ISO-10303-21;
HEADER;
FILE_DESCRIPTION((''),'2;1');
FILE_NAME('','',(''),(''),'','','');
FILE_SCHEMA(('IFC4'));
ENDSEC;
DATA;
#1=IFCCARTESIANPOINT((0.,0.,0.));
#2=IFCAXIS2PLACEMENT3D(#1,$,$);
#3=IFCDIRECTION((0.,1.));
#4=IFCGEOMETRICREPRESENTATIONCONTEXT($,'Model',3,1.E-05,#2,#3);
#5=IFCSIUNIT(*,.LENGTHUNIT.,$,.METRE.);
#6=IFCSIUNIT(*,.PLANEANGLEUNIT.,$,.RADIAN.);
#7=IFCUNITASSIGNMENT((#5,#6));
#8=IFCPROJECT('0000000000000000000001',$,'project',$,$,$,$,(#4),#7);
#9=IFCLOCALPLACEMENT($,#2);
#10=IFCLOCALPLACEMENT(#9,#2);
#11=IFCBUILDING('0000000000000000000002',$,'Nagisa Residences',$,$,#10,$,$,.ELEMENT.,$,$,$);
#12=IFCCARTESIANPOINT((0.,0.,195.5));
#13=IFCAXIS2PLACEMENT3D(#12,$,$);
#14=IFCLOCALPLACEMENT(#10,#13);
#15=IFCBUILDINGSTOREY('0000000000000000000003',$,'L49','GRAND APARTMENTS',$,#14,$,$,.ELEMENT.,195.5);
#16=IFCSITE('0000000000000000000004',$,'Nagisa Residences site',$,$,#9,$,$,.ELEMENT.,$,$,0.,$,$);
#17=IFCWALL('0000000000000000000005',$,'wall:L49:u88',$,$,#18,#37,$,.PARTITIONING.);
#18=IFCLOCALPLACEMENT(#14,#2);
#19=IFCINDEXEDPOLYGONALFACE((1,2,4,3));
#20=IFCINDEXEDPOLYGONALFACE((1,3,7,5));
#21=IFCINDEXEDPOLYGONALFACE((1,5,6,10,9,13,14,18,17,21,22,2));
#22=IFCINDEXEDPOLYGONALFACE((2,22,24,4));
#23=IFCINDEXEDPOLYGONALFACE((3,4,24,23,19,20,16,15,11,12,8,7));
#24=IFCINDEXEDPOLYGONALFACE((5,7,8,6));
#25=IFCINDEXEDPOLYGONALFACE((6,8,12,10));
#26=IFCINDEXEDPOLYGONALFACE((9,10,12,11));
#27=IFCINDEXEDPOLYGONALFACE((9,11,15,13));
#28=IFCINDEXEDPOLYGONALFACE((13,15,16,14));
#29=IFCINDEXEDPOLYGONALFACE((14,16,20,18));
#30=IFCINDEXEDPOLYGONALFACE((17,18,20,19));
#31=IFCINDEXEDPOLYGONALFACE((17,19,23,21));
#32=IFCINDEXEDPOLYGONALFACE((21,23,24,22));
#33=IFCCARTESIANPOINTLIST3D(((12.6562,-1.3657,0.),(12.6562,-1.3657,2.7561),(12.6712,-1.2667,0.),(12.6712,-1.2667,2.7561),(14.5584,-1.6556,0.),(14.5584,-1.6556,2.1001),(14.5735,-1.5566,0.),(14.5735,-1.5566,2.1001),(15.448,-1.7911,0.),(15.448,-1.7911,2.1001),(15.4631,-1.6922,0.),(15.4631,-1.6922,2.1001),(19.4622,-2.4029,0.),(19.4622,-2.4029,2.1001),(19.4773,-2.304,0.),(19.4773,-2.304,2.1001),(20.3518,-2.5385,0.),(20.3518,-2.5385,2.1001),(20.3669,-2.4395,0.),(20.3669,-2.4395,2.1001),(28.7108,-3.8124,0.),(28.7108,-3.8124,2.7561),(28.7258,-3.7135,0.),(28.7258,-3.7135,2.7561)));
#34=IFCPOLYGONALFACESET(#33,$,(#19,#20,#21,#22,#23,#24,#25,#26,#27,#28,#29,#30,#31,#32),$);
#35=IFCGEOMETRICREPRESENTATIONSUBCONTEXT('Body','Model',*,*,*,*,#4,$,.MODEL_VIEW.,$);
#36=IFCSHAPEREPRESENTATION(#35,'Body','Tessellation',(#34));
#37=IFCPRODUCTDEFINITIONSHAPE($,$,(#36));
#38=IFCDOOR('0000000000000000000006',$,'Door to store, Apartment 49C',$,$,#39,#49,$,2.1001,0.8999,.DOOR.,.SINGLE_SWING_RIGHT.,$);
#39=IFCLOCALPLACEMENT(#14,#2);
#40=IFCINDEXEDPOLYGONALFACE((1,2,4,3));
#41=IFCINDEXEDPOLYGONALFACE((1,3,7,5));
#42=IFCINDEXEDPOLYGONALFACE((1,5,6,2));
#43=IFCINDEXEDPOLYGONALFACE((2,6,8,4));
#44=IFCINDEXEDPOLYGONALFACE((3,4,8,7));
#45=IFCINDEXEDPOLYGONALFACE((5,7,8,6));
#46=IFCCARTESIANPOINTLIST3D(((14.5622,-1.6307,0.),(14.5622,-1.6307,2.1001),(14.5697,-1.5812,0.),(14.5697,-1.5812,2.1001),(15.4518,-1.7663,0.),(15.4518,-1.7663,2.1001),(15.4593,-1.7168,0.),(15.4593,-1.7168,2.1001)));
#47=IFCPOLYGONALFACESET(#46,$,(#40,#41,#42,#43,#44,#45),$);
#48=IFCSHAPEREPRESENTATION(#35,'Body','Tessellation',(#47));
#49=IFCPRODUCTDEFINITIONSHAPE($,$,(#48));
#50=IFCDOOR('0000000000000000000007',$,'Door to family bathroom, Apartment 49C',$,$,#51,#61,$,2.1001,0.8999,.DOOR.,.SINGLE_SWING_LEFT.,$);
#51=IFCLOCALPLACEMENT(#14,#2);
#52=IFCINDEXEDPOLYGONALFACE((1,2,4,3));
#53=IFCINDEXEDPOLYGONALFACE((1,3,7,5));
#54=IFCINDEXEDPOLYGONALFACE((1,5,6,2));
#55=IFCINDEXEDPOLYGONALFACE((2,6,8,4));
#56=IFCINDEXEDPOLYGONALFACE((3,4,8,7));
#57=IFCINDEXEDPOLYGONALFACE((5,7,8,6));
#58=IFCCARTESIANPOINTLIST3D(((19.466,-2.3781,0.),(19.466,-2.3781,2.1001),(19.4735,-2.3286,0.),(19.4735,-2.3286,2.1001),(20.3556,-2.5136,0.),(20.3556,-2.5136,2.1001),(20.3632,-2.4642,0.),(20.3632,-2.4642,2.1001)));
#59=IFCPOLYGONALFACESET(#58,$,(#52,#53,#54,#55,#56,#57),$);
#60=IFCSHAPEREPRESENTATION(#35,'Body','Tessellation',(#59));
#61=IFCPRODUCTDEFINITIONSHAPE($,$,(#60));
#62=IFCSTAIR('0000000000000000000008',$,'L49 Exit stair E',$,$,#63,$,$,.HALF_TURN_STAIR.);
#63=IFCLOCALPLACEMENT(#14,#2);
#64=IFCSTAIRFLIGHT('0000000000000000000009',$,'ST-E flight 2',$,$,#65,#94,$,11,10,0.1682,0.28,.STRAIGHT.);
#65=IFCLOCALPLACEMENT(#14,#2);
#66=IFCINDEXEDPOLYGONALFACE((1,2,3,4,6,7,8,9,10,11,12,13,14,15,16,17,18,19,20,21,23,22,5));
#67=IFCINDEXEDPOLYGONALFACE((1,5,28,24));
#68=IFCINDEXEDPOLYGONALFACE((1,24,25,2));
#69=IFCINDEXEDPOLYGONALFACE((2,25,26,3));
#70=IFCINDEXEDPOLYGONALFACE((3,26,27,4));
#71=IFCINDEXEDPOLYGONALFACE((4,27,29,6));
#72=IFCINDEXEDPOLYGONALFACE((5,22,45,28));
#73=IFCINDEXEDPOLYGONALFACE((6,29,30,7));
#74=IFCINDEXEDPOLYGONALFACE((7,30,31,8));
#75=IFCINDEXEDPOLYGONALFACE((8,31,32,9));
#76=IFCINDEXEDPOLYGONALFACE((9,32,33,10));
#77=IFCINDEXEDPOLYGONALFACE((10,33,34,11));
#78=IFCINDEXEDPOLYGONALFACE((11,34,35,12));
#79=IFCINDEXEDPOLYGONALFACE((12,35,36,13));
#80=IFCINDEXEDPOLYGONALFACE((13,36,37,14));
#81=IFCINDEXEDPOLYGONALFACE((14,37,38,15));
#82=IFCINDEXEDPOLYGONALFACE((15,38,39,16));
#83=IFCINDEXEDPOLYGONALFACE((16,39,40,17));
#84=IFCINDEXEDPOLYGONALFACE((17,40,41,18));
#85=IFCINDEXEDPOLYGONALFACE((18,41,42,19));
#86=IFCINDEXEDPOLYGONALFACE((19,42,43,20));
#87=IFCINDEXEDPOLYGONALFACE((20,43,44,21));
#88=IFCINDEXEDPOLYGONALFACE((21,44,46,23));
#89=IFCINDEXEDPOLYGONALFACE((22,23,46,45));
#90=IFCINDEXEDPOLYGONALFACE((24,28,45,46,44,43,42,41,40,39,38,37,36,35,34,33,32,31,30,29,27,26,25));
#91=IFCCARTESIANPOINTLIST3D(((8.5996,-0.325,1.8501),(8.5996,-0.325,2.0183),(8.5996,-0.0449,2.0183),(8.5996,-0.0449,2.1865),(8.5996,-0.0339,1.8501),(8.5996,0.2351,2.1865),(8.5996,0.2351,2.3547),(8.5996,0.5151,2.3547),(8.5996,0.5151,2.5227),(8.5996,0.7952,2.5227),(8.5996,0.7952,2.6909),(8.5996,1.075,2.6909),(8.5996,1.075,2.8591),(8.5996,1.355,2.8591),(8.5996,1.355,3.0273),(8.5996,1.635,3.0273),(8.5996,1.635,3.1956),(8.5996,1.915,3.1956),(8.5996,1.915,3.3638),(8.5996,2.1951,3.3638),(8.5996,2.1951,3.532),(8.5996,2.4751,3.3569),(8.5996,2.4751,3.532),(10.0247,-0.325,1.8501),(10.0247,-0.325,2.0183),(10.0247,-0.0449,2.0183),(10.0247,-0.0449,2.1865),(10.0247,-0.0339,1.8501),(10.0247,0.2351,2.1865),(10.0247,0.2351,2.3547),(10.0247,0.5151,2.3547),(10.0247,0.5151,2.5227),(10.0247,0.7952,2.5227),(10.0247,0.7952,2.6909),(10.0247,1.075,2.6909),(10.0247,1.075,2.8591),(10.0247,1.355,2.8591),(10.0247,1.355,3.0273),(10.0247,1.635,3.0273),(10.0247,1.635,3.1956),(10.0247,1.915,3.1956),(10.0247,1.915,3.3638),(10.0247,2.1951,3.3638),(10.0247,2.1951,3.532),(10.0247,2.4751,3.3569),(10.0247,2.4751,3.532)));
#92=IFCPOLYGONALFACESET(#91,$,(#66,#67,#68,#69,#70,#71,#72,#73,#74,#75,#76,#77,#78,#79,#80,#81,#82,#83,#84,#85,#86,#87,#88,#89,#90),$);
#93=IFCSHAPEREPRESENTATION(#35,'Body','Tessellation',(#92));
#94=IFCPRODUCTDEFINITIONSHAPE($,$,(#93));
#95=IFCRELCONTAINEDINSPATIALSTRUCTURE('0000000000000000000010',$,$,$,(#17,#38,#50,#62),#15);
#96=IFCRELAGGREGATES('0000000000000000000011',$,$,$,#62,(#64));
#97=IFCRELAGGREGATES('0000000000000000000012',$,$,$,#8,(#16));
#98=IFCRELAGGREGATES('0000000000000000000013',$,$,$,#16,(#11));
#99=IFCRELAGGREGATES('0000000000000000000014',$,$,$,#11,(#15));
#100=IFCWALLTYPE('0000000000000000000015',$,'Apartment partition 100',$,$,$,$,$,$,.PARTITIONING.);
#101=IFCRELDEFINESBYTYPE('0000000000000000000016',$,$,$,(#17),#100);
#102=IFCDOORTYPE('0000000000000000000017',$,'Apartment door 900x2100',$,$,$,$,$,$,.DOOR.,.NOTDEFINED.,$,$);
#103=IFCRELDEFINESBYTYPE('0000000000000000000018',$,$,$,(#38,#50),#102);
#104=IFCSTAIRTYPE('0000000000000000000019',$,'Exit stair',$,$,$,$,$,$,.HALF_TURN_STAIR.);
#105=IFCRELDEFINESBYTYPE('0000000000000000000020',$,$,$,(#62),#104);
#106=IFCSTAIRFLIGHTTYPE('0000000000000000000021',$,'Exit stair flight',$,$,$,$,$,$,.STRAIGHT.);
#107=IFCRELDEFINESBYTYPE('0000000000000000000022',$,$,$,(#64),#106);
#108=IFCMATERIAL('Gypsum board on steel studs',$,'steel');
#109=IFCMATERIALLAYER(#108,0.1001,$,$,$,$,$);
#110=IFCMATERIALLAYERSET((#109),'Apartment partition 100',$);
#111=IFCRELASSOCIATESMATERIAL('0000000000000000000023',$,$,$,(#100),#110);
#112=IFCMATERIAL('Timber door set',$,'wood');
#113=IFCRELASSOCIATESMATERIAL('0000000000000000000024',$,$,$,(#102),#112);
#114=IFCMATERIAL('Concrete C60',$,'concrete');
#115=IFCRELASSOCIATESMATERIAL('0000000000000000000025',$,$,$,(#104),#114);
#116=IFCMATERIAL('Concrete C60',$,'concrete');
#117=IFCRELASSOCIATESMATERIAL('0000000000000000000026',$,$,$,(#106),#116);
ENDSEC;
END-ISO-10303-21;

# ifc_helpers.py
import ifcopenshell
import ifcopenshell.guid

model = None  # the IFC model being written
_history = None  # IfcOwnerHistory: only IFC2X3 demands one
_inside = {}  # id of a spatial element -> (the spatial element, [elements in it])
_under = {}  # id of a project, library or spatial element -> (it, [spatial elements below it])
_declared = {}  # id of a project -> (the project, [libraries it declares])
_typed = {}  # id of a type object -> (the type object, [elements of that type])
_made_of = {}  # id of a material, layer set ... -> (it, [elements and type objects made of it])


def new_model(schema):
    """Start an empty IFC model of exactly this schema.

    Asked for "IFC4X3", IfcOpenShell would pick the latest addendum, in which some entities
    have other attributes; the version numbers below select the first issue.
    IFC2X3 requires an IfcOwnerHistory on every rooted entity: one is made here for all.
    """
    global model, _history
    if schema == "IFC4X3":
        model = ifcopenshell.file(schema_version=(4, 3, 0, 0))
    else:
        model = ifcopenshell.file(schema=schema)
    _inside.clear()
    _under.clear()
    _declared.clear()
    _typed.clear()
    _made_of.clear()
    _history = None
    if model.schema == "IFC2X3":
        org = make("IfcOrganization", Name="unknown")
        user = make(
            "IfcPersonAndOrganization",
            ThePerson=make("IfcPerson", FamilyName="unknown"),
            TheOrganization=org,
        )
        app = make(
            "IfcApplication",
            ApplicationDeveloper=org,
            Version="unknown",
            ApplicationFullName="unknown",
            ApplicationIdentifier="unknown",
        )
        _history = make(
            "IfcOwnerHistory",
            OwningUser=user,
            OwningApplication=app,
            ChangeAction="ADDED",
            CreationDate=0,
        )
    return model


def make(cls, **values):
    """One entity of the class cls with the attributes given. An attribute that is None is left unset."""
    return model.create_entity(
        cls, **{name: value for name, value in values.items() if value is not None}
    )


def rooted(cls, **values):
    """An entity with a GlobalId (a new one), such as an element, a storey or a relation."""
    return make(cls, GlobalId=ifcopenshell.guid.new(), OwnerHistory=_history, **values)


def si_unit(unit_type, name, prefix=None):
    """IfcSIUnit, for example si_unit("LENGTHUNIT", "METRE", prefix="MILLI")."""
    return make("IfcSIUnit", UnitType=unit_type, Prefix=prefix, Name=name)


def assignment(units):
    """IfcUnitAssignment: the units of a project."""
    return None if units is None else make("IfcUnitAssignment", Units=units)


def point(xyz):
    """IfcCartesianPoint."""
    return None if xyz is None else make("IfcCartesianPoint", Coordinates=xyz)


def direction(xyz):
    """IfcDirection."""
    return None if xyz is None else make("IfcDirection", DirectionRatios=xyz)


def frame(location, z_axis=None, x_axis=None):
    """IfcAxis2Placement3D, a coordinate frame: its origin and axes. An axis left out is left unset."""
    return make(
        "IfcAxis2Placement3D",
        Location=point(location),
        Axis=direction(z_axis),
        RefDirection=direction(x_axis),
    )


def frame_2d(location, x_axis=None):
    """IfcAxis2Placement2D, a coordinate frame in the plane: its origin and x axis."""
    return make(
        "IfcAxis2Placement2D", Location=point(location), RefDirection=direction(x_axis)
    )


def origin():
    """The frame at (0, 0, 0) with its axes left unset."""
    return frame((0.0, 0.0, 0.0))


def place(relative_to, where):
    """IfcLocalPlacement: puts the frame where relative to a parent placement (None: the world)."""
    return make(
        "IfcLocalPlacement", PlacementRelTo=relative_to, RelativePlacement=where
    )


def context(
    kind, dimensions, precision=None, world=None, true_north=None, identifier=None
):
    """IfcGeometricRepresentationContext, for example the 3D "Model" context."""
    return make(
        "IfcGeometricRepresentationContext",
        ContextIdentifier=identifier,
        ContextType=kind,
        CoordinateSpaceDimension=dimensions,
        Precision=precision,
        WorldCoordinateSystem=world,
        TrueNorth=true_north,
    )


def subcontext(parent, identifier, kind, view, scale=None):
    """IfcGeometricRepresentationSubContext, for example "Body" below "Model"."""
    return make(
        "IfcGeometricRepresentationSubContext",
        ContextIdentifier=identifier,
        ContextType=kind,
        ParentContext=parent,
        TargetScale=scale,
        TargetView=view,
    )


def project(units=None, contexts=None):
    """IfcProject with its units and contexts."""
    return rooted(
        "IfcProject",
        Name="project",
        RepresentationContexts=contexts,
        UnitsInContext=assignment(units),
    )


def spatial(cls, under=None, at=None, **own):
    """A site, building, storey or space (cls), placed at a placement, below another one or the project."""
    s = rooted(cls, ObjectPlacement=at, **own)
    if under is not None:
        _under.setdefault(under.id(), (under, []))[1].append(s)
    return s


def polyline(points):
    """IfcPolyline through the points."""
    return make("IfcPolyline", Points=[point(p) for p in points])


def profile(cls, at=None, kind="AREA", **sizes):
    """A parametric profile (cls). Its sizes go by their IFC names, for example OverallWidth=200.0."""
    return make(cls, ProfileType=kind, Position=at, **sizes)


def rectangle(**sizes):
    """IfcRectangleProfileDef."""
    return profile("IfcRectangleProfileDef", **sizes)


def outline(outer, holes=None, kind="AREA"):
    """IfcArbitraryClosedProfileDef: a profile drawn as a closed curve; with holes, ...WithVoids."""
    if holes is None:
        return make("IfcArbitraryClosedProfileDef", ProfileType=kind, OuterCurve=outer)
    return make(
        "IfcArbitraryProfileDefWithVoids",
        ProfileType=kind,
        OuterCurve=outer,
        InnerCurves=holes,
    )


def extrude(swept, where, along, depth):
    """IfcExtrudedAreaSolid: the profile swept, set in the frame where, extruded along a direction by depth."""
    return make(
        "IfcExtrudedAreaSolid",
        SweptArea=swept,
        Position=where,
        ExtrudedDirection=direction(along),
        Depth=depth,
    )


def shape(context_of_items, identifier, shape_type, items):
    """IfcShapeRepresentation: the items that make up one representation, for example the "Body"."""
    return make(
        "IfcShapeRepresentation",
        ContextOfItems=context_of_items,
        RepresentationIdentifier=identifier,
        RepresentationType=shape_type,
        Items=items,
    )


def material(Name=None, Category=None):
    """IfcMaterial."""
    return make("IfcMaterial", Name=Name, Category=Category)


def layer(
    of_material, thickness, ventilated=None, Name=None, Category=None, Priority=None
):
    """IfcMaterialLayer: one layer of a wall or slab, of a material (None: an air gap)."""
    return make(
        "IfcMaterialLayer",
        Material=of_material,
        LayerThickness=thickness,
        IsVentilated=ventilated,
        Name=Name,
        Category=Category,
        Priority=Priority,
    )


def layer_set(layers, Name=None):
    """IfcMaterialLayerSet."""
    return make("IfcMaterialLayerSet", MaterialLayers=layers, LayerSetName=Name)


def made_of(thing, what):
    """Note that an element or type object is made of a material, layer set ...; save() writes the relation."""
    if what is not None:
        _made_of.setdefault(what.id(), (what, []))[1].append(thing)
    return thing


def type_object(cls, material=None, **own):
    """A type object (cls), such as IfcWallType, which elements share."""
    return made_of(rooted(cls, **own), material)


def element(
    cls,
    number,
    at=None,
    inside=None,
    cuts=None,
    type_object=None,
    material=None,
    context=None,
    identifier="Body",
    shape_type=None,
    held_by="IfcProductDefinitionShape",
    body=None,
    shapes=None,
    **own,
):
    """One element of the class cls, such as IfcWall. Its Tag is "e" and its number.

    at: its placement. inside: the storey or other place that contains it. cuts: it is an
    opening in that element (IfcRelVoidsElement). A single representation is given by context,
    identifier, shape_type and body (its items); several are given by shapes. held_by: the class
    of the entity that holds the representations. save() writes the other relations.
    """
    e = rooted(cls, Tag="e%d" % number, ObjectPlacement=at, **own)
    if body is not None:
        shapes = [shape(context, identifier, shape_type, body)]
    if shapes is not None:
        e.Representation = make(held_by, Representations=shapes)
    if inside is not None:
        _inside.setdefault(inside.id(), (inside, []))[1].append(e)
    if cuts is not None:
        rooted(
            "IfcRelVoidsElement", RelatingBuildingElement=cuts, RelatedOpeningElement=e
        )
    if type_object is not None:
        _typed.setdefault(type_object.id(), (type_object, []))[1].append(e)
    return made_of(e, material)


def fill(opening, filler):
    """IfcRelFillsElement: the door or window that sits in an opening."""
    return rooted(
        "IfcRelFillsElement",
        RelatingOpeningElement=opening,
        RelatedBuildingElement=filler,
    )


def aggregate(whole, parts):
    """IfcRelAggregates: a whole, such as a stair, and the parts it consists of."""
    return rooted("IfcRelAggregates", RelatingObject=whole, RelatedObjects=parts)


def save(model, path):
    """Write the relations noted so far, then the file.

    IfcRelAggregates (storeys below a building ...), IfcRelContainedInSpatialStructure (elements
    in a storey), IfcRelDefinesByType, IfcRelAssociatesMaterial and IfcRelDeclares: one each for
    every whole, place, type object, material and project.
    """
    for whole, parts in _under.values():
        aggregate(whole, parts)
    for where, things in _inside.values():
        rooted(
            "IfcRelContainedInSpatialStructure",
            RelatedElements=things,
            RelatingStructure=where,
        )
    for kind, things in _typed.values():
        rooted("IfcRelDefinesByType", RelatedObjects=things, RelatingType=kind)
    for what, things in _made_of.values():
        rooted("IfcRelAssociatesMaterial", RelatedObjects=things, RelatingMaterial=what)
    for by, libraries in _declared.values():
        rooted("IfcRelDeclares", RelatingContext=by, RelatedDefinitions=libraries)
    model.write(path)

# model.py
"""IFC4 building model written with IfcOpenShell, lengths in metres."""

from ifc_helpers import new_model, si_unit, direction, frame, frame_2d, origin, place, context, subcontext, project, spatial, polyline, rectangle, outline, extrude, material, layer, layer_set, type_object, element, fill, aggregate, save


model = new_model("IFC4")

# Units and contexts
model_context = context("Model", 3, precision=1e-05, world=origin(), true_north=direction((0.0, 1.0)))
body_context = subcontext(model_context, "Body", "Model", "MODEL_VIEW")
ifc_project = project(units=[si_unit("LENGTHUNIT", "METRE"), si_unit("PLANEANGLEUNIT", "RADIAN")], contexts=[model_context])

# Site, building, storey
site_placement = place(None, origin())
site = spatial("IfcSite", under=ifc_project, at=site_placement, Name="Nagisa Residences site", CompositionType="ELEMENT", RefElevation=0.0)
building_placement = place(site_placement, origin())
building = spatial("IfcBuilding", under=site, at=building_placement, Name="Nagisa Residences", CompositionType="ELEMENT")
storey_placement = place(building_placement, frame((0.0, 0.0, 195.5)))
storey = spatial("IfcBuildingStorey", under=building, at=storey_placement, Name="L49", Description="GRAND APARTMENTS", CompositionType="ELEMENT", Elevation=195.5)

# Shared definitions
ifc_material_1 = material(Name="Gypsum board on steel studs", Category="steel")
ifc_layer_1 = layer(ifc_material_1, 0.1001)
ifc_layer_set_1 = layer_set([ifc_layer_1], Name="Apartment partition 100")
wall_type_1 = type_object("IfcWallType", Name="Apartment partition 100", PredefinedType="PARTITIONING", material=ifc_layer_set_1)
ifc_material_2 = material(Name="Timber door set", Category="wood")
door_type_1 = type_object("IfcDoorType", Name="Apartment door 900x2100", OperationType="NOTDEFINED", PredefinedType="DOOR", material=ifc_material_2)

# Wall, openings, doors
wall_1_placement = place(storey_placement, frame((12.6636, -1.3162, 0.0), z_axis=(0.0, 0.0, 1.0), x_axis=(0.988585, -0.150663, 0.0)))
wall_1 = element("IfcWall", 1, at=wall_1_placement, inside=storey, type_object=wall_type_1, Name="wall:L49:u88", PredefinedType="PARTITIONING", context=body_context, shape_type="SweptSolid", body=[
    extrude(rectangle(XDim=16.24, YDim=0.1001, at=frame_2d((8.1201, 0.0))), origin(), (0.0, 0.0, 1.0), 2.7561),
])
opening_1_placement = place(wall_1_placement, frame((1.9243, 0.0, 0.0)))
opening_1 = element("IfcOpeningElement", 2, at=opening_1_placement, cuts=wall_1, PredefinedType="OPENING", context=body_context, shape_type="SweptSolid", body=[
    extrude(rectangle(XDim=0.8999, YDim=2.1001, at=frame_2d((0.45, 1.05))), frame((0.0, 0.0601, 0.0), z_axis=(0.0, -1.0, 0.0), x_axis=(1.0, 0.0, 0.0)), (0.0, 0.0, 1.0), 0.1201),
])
opening_2_placement = place(wall_1_placement, frame((6.8848, 0.0, 0.0)))
opening_2 = element("IfcOpeningElement", 3, at=opening_2_placement, cuts=wall_1, PredefinedType="OPENING", context=body_context, shape_type="SweptSolid", body=[
    extrude(rectangle(XDim=0.8999, YDim=2.1001, at=frame_2d((0.45, 1.05))), frame((0.0, 0.0601, 0.0), z_axis=(0.0, -1.0, 0.0), x_axis=(1.0, 0.0, 0.0)), (0.0, 0.0, 1.0), 0.1201),
])
door_1_placement = place(opening_1_placement, frame((0.8999, 0.0, 0.0), x_axis=(-1.0, 0.0, 0.0)))
door_1 = element("IfcDoor", 4, at=door_1_placement, inside=storey, type_object=door_type_1, Name="Door to store, Apartment 49C", OperationType="SINGLE_SWING_RIGHT", OverallHeight=2.1001, OverallWidth=0.8999, PredefinedType="DOOR", context=body_context, shape_type="SweptSolid", body=[
    extrude(rectangle(XDim=0.8999, YDim=2.1001, at=frame_2d((0.45, 1.05))), frame((0.0, 0.0249, 0.0), z_axis=(0.0, -1.0, 0.0), x_axis=(1.0, 0.0, 0.0)), (0.0, 0.0, 1.0), 0.05),
])
fill(opening_1, door_1)
door_2_placement = place(opening_2_placement, frame((0.8999, 0.0, 0.0), x_axis=(-1.0, 0.0, 0.0)))
door_2 = element("IfcDoor", 5, at=door_2_placement, inside=storey, type_object=door_type_1, Name="Door to family bathroom, Apartment 49C", OperationType="SINGLE_SWING_LEFT", OverallHeight=2.1001, OverallWidth=0.8999, PredefinedType="DOOR", context=body_context, shape_type="SweptSolid", body=[
    extrude(rectangle(XDim=0.8999, YDim=2.1001, at=frame_2d((0.45, 1.05))), frame((0.0, 0.0249, 0.0), z_axis=(0.0, -1.0, 0.0), x_axis=(1.0, 0.0, 0.0)), (0.0, 0.0, 1.0), 0.05),
])
fill(opening_2, door_2)

# Stair, stair flight
ifc_material_3 = material(Name="Concrete C60", Category="concrete")
stair_type = type_object("IfcStairType", Name="Exit stair", PredefinedType="HALF_TURN_STAIR", material=ifc_material_3)
stair_placement = place(storey_placement, origin())
stair = element("IfcStair", 6, at=stair_placement, inside=storey, type_object=stair_type, Name="L49 Exit stair E", PredefinedType="HALF_TURN_STAIR")
ifc_material_4 = material(Name="Concrete C60", Category="concrete")
stair_flight_type = type_object("IfcStairFlightType", Name="Exit stair flight", PredefinedType="STRAIGHT", material=ifc_material_4)
stair_flight_placement = place(storey_placement, frame((9.312, -0.325, 1.8501), z_axis=(0.0, 0.0, 1.0), x_axis=(0.0, 1.0, 0.0)))
stair_flight = element("IfcStairFlight", 7, at=stair_flight_placement, type_object=stair_flight_type, Name="ST-E flight 2", NumberOfRisers=11, NumberOfTreads=10, PredefinedType="STRAIGHT", RiserHeight=0.1682, TreadLength=0.28, context=body_context, shape_type="SweptSolid", body=[
    extrude(outline(polyline([(0.0, 0.0), (0.0, 0.1682), (0.28, 0.1682), (0.28, 0.3364), (0.5601, 0.3364), (0.5601, 0.5046), (0.8401, 0.5046), (0.8401, 0.6726), (1.1201, 0.6726), (1.1201, 0.8408), (1.3999, 0.8408), (1.3999, 1.009), (1.6799, 1.009), (1.6799, 1.1772), (1.96, 1.1772), (1.96, 1.3455), (2.24, 1.3455), (2.24, 1.5137), (2.52, 1.5137), (2.52, 1.6819), (2.8, 1.6819), (2.8, 1.8501), (2.8, 1.5068), (0.291, 0.0), (0.0, 0.0)])), frame((0.0, 0.7124, 0.0), z_axis=(0.0, -1.0, 0.0), x_axis=(1.0, 0.0, 0.0)), (0.0, 0.0, 1.0), 1.425),
])
aggregate(stair, [stair_flight])

save(model, "model.ifc")
